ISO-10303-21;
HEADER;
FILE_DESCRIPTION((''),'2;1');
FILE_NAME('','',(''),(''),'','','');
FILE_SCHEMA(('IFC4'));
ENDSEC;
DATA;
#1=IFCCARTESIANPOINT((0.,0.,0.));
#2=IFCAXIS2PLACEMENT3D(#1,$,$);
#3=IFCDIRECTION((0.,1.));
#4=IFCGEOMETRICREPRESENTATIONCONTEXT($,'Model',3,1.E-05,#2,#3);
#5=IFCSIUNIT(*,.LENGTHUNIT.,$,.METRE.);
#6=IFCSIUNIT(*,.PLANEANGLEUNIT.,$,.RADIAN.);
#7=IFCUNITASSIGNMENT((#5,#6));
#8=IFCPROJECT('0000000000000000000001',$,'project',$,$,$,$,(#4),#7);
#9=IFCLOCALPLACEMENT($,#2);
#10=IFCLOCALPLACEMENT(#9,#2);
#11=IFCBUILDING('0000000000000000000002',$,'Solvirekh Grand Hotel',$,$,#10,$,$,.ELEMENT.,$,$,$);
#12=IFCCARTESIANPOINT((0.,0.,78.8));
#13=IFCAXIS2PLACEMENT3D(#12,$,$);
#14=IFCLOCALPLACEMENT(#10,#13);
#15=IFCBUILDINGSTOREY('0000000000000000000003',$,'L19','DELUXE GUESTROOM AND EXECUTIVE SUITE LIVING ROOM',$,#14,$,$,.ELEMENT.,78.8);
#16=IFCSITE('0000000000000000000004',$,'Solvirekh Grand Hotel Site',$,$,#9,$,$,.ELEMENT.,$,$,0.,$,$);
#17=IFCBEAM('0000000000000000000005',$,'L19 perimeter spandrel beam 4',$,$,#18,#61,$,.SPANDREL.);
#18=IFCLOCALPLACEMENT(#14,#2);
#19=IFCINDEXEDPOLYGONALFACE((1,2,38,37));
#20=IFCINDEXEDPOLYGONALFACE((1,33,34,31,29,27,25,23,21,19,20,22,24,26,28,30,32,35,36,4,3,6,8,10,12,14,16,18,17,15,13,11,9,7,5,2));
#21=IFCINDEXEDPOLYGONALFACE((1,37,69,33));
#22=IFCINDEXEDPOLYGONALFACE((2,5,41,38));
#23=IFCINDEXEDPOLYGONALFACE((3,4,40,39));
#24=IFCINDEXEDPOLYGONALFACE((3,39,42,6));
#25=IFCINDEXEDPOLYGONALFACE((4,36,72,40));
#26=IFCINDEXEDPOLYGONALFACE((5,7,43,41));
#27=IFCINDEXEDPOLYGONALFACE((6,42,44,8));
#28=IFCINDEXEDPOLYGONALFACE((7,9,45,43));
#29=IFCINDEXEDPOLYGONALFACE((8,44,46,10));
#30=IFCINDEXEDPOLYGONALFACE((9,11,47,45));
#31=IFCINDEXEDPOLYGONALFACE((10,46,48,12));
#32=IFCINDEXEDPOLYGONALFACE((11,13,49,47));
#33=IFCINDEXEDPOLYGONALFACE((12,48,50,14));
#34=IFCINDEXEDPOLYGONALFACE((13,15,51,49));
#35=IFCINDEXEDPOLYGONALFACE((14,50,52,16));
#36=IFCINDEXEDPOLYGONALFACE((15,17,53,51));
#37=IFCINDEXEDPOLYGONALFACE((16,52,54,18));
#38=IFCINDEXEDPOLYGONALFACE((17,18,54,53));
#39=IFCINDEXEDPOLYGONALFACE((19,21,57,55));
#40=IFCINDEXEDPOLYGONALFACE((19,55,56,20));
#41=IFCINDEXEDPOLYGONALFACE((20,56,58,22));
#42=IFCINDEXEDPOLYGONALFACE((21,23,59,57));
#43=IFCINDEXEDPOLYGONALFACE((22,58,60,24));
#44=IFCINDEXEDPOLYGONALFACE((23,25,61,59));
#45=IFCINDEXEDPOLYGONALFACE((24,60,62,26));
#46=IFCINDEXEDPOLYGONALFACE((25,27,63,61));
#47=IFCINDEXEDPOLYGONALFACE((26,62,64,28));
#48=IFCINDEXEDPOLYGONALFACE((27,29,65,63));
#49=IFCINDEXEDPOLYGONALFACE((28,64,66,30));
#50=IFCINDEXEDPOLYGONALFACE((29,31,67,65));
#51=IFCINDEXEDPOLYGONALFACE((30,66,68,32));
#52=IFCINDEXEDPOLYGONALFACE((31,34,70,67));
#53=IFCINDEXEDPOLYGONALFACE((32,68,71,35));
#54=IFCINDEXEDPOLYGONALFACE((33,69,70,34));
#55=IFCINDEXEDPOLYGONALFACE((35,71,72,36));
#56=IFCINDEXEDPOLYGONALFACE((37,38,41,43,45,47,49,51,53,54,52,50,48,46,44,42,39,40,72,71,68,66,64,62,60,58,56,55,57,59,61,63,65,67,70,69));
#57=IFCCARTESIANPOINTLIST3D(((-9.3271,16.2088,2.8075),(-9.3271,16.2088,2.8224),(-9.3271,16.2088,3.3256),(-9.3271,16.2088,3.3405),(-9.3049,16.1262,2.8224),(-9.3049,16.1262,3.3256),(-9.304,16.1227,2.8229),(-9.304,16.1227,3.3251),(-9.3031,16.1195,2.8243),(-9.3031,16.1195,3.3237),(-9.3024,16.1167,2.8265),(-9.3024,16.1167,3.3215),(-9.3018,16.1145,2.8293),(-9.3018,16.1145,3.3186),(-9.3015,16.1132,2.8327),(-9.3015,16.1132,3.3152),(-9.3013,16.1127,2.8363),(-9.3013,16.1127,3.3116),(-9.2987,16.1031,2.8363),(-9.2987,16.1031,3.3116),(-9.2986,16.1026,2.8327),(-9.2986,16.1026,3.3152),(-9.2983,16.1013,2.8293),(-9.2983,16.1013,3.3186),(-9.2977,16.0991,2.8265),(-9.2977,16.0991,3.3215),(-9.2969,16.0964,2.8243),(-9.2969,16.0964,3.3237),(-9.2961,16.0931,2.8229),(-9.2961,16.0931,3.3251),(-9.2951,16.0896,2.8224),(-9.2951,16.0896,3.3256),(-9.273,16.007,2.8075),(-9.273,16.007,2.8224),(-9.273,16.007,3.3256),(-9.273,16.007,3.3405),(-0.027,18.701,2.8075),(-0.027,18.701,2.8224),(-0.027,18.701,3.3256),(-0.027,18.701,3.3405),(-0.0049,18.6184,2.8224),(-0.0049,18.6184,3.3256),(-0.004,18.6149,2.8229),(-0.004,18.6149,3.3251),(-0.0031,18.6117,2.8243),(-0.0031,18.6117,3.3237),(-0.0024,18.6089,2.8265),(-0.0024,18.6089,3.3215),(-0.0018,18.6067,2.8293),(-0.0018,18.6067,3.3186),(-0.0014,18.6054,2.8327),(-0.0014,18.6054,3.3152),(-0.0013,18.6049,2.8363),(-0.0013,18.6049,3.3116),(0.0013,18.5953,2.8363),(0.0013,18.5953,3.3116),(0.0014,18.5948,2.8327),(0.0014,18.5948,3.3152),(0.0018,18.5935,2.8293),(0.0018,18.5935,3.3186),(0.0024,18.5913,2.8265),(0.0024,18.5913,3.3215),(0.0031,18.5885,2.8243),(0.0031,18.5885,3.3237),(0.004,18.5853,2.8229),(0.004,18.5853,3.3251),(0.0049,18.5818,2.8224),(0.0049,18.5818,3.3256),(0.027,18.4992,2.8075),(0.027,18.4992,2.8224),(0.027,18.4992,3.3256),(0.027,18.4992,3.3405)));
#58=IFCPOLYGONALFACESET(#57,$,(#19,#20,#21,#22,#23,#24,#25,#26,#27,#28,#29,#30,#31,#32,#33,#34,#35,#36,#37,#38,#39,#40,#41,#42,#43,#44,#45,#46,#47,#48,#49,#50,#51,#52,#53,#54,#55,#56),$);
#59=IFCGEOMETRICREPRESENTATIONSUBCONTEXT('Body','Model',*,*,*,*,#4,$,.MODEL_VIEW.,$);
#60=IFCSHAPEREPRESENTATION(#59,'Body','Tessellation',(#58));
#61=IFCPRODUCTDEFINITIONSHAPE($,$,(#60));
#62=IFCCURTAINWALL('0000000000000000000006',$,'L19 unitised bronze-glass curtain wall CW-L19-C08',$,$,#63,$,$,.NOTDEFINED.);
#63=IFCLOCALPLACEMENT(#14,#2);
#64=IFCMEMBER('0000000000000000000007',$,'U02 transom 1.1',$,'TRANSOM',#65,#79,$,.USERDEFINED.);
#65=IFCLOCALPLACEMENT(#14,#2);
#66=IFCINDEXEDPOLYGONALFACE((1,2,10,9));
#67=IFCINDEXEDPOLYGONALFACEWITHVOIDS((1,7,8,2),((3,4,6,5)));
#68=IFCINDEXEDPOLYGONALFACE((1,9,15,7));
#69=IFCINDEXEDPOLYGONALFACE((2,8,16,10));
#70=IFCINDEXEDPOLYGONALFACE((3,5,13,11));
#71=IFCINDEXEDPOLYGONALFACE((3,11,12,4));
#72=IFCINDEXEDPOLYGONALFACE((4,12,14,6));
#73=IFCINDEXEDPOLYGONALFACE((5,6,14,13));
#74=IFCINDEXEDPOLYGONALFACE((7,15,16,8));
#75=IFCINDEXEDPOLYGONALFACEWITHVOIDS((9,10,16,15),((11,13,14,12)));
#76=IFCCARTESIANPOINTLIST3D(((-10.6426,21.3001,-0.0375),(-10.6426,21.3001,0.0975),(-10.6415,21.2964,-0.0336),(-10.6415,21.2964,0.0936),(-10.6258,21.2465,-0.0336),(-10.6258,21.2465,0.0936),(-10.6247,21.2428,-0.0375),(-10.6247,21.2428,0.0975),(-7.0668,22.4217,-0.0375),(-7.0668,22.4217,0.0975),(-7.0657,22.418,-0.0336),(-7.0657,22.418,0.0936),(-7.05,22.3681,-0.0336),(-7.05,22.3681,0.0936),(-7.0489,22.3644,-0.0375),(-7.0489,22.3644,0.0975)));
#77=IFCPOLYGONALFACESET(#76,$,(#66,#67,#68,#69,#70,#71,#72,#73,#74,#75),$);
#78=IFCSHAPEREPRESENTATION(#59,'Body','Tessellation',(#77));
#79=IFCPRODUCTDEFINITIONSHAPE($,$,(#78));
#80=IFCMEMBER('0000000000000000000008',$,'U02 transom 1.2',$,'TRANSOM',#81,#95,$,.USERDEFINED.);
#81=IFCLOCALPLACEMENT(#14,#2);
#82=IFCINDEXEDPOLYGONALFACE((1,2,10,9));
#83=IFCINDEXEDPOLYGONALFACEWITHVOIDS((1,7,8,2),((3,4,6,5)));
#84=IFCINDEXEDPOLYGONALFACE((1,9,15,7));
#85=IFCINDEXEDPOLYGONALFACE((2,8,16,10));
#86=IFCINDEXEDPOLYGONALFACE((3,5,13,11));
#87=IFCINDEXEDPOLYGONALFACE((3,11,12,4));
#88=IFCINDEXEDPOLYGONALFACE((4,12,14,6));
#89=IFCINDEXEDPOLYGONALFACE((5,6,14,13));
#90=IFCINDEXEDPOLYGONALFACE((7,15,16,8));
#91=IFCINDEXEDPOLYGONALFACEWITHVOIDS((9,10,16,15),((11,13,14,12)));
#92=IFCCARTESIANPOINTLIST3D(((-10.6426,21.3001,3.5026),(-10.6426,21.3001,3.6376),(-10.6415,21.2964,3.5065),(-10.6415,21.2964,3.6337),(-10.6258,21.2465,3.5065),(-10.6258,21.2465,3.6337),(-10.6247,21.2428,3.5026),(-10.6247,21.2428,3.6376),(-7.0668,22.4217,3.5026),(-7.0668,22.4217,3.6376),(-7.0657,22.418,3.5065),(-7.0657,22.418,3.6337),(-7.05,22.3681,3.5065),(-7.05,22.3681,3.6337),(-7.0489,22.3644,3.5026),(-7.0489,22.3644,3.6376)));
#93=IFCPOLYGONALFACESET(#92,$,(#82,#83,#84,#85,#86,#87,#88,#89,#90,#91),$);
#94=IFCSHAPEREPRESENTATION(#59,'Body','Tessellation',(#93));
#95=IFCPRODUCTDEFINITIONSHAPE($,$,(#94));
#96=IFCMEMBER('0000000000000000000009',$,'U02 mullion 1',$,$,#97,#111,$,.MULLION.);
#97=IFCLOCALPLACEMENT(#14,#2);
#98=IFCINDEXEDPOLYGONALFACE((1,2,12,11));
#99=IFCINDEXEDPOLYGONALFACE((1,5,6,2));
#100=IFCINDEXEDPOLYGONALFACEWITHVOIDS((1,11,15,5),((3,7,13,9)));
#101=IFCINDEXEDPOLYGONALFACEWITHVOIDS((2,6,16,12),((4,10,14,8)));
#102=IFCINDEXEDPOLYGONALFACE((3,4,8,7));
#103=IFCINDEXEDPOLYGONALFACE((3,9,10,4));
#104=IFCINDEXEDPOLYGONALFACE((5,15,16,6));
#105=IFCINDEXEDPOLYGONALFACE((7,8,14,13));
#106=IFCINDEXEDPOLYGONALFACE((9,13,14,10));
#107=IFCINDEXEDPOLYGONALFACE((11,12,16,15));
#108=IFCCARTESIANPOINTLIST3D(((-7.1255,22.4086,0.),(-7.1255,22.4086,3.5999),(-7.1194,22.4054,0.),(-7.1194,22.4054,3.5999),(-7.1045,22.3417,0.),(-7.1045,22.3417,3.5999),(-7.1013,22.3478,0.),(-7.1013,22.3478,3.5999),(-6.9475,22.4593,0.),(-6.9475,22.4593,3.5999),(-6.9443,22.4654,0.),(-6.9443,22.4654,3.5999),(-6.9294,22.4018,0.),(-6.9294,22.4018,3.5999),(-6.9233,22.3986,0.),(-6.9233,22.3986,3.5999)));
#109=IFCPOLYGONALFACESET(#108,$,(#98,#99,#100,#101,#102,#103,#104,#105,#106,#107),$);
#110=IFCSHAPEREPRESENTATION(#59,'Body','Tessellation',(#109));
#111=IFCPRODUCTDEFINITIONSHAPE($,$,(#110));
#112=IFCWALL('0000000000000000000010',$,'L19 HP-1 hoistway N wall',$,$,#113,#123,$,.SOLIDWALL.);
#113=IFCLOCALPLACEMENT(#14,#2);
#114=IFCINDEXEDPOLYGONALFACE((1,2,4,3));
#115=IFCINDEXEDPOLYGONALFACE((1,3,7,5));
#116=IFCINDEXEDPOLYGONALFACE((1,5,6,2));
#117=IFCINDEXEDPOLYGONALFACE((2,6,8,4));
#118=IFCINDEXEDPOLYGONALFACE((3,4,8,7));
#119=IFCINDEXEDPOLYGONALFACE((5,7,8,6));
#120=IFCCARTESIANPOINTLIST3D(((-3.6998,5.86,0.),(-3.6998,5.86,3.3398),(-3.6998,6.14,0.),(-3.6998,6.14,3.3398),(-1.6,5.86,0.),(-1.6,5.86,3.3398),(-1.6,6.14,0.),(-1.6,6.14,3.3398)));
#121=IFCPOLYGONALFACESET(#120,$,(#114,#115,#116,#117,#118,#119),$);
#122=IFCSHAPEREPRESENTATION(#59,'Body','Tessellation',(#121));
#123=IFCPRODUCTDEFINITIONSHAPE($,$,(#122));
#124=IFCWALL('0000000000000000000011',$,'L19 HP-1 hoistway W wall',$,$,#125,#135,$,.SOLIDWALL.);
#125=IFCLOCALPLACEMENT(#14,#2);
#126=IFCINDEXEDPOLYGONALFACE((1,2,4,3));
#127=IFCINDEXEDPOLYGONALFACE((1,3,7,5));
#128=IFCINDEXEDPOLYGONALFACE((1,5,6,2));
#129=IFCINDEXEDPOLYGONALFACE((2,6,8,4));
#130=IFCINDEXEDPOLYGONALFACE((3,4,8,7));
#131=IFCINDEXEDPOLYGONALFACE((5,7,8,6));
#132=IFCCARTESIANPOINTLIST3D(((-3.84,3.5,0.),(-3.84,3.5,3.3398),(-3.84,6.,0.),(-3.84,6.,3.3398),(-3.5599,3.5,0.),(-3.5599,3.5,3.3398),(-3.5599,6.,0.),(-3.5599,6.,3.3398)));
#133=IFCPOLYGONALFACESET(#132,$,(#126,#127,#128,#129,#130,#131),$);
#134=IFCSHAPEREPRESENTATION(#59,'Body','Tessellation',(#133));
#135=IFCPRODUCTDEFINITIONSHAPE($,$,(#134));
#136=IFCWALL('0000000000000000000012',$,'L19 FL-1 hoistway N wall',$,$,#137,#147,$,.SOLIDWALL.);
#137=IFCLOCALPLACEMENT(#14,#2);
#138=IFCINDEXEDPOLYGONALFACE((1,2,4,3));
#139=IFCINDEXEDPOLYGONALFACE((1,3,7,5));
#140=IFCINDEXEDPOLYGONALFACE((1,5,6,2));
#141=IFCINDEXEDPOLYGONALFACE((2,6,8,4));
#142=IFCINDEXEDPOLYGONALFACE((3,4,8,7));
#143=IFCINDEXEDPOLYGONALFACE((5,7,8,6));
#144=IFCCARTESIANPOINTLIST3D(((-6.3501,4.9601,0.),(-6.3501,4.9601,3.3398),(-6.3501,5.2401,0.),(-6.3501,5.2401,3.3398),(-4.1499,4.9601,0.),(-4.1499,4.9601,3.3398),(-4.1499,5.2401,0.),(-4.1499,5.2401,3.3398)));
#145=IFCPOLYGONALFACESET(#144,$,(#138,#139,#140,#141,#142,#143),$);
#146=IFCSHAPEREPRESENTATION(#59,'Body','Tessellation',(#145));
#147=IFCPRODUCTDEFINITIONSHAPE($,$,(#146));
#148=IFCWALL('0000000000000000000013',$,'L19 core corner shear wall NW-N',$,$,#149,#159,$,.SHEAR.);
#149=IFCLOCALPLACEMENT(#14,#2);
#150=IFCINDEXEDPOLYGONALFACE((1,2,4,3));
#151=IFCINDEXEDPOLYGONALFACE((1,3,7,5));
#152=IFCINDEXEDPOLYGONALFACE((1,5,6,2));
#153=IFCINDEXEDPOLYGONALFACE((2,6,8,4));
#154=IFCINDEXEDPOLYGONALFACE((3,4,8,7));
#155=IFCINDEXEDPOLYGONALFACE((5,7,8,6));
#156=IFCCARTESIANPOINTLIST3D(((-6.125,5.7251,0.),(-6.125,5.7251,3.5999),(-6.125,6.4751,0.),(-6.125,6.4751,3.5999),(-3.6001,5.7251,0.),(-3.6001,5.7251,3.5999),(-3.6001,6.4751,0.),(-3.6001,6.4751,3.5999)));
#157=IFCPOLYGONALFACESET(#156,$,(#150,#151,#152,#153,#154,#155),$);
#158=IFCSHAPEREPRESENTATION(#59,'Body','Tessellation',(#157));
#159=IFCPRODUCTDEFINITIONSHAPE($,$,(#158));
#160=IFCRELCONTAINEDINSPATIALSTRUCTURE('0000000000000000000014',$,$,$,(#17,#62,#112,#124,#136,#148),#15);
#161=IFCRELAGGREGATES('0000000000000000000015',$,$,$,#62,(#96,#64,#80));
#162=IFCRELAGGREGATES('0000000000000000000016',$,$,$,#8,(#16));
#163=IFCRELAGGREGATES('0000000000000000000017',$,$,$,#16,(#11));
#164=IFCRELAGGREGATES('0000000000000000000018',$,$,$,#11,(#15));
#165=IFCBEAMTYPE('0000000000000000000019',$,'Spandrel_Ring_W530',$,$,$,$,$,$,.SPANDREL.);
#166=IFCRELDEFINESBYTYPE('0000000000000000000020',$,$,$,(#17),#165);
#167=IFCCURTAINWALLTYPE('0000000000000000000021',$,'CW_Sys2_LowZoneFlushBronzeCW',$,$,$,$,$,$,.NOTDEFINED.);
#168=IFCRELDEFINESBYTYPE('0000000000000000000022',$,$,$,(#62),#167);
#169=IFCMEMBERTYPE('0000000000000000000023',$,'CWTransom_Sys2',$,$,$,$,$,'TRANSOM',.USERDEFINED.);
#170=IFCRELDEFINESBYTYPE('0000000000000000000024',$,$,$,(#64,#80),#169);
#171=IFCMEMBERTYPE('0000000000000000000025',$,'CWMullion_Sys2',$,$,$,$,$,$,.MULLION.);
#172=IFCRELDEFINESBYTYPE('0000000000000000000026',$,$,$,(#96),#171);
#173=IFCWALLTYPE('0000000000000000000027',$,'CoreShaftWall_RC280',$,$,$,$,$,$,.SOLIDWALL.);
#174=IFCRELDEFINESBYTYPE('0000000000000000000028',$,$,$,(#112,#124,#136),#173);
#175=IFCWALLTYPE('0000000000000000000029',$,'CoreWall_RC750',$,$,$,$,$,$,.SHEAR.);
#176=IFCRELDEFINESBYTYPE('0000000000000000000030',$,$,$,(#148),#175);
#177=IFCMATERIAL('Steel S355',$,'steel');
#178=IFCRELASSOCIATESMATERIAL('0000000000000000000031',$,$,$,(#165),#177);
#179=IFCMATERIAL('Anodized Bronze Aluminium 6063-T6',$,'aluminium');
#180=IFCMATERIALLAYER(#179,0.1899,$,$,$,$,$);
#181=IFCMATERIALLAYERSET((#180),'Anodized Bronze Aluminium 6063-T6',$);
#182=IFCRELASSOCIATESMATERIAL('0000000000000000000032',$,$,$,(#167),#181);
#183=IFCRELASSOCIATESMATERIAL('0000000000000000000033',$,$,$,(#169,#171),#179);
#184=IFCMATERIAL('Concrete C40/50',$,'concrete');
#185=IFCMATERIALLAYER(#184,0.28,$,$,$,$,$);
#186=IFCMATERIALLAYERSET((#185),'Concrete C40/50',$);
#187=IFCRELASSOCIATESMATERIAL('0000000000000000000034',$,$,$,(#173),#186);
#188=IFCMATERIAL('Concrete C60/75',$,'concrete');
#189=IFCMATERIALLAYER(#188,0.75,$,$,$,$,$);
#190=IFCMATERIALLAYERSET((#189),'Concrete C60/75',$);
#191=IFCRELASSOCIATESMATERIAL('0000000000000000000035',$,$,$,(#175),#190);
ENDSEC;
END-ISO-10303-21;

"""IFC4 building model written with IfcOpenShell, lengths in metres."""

from ifc_helpers import new_model, si_unit, direction, frame, frame_2d, origin, origin_2d, place, context, subcontext, project, spatial, rectangle, hollow_rectangle, i_section, extrude, source, transform, mapped, material, layer, layer_set, material_profile, profile_set, type_object, element, aggregate, save


model = new_model("IFC4")

# Units and contexts
model_context = context("Model", 3, precision=1e-05, world=origin(), true_north=direction((0.0, 1.0)))
body_context = subcontext(model_context, "Body", "Model", "MODEL_VIEW")
ifc_project = project(units=[si_unit("LENGTHUNIT", "METRE"), si_unit("PLANEANGLEUNIT", "RADIAN")], contexts=[model_context])

# Site, building, storey
site_placement = place(None, origin())
site = spatial("IfcSite", under=ifc_project, at=site_placement, Name="Solvirekh Grand Hotel Site", CompositionType="ELEMENT", RefElevation=0.0)
building_placement = place(site_placement, origin())
building = spatial("IfcBuilding", under=site, at=building_placement, Name="Solvirekh Grand Hotel", CompositionType="ELEMENT")
storey_placement = place(building_placement, frame((0.0, 0.0, 78.8)))
storey = spatial("IfcBuildingStorey", under=building, at=storey_placement, Name="L19", Description="DELUXE GUESTROOM AND EXECUTIVE SUITE LIVING ROOM", CompositionType="ELEMENT", Elevation=78.8)

# Shared definitions
ifc_material_1 = material(Name="Concrete C60/75", Category="concrete")

# Beam
ifc_material_2 = material(Name="Steel S355", Category="steel")
ifc_material_profile_1 = material_profile(ifc_material_2, i_section(OverallWidth=0.209, OverallDepth=0.533, WebThickness=0.01, FlangeThickness=0.0149, FilletRadius=0.0139, at=origin_2d()), Name="W530X92")
ifc_profile_set_1 = profile_set([ifc_material_profile_1], Name="Steel S355")
beam_type_1 = type_object("IfcBeamType", Name="Spandrel_Ring_W530", PredefinedType="SPANDREL", material=ifc_profile_set_1)
beam_1_placement = place(storey_placement, frame((0.0, 18.6001, 3.074), z_axis=(-0.965919, -0.258843, 0.0), x_axis=(0.258843, -0.965919, 0.0)))
element("IfcBeam", 1, at=beam_1_placement, inside=storey, type_object=beam_type_1, Name="L19 perimeter spandrel beam 4", PredefinedType="SPANDREL", context=body_context, shape_type="SweptSolid", body=[
    extrude(i_section(OverallWidth=0.209, OverallDepth=0.533, WebThickness=0.01, FlangeThickness=0.0149, FilletRadius=0.0139, at=origin_2d()), origin(), (0.0, 0.0, 1.0), 9.6282),
])

# Curtain wall, members
ifc_material_3 = material(Name="Anodized Bronze Aluminium 6063-T6", Category="aluminium")
ifc_layer_1 = layer(ifc_material_3, 0.1899)
ifc_layer_set_1 = layer_set([ifc_layer_1], Name="Anodized Bronze Aluminium 6063-T6")
curtain_wall_type = type_object("IfcCurtainWallType", Name="CW_Sys2_LowZoneFlushBronzeCW", PredefinedType="NOTDEFINED", material=ifc_layer_set_1)
curtain_wall_placement = place(storey_placement, origin())
curtain_wall = element("IfcCurtainWall", 2, at=curtain_wall_placement, inside=storey, type_object=curtain_wall_type, Name="L19 unitised bronze-glass curtain wall CW-L19-C08", PredefinedType="NOTDEFINED")
ifc_material_profile_2 = material_profile(ifc_material_3, hollow_rectangle(XDim=0.0601, YDim=0.135, WallThickness=0.0039, at=origin_2d()), Name="ALU RHS 135X60X4")
ifc_profile_set_2 = profile_set([ifc_material_profile_2], Name="Anodized Bronze Aluminium 6063-T6")
member_type_1 = type_object("IfcMemberType", Name="CWTransom_Sys2", ElementType="TRANSOM", PredefinedType="USERDEFINED", material=ifc_profile_set_2)
shared_shape_1 = source(origin(), body_context, "Body", "SweptSolid", [
    extrude(hollow_rectangle(XDim=0.0601, YDim=0.135, WallThickness=0.0039, at=origin_2d()), origin(), (0.0, 0.0, 1.0), 3.7476),
])
member_1_placement = place(storey_placement, frame((-7.0579, 22.3931, 0.03), z_axis=(-0.954162, -0.299291, 0.0), x_axis=(0.299291, -0.954162, 0.0)))
member_1 = element("IfcMember", 3, at=member_1_placement, type_object=member_type_1, Name="U02 transom 1.1", ObjectType="TRANSOM", PredefinedType="USERDEFINED", context=body_context, shape_type="MappedRepresentation", body=[
    mapped(shared_shape_1, transform((0.0, 0.0, 0.0), x_axis=(1.0, 0.0, 0.0), y_axis=(0.0, 1.0, 0.0), z_axis=(0.0, 0.0, 1.0), scale=1.0)),
])
member_2_placement = place(storey_placement, frame((-7.0579, 22.3931, 3.5701), z_axis=(-0.954162, -0.299291, 0.0), x_axis=(0.299291, -0.954162, 0.0)))
member_2 = element("IfcMember", 4, at=member_2_placement, type_object=member_type_1, Name="U02 transom 1.2", ObjectType="TRANSOM", PredefinedType="USERDEFINED", context=body_context, shape_type="MappedRepresentation", body=[
    mapped(shared_shape_1, transform((0.0, 0.0, 0.0), x_axis=(1.0, 0.0, 0.0), y_axis=(0.0, 1.0, 0.0), z_axis=(0.0, 0.0, 1.0), scale=1.0)),
])
ifc_material_profile_3 = material_profile(ifc_material_3, hollow_rectangle(XDim=0.0701, YDim=0.1899, WallThickness=0.0049, at=origin_2d()), Name="ALU RHS 190X70X5")
ifc_profile_set_3 = profile_set([ifc_material_profile_3], Name="Anodized Bronze Aluminium 6063-T6")
member_type_2 = type_object("IfcMemberType", Name="CWMullion_Sys2", PredefinedType="MULLION", material=ifc_profile_set_3)
shared_shape_2 = source(origin(), body_context, "Body", "SweptSolid", [
    extrude(hollow_rectangle(XDim=0.0701, YDim=0.1899, WallThickness=0.0049, at=origin_2d()), origin(), (0.0, 0.0, 1.0), 3.5999),
])
member_3_placement = place(storey_placement, frame((-7.0244, 22.4036, 0.0), z_axis=(0.0, 0.0, 1.0), x_axis=(0.29928, -0.954165, 0.0)))
member_3 = element("IfcMember", 5, at=member_3_placement, type_object=member_type_2, Name="U02 mullion 1", PredefinedType="MULLION", context=body_context, shape_type="MappedRepresentation", body=[
    mapped(shared_shape_2, transform((0.0, 0.0, 0.0), x_axis=(1.0, 0.0, 0.0), y_axis=(0.0, 1.0, 0.0), z_axis=(0.0, 0.0, 1.0), scale=1.0)),
])
aggregate(curtain_wall, [member_3, member_1, member_2])

# Walls
ifc_material_4 = material(Name="Concrete C40/50", Category="concrete")
ifc_layer_2 = layer(ifc_material_4, 0.28)
ifc_layer_set_2 = layer_set([ifc_layer_2], Name="Concrete C40/50")
wall_type_1 = type_object("IfcWallType", Name="CoreShaftWall_RC280", PredefinedType="SOLIDWALL", material=ifc_layer_set_2)
wall_1_placement = place(storey_placement, frame((-1.6001, 6.0, 0.0), z_axis=(0.0, 0.0, 1.0), x_axis=(-1.0, 0.0, 0.0)))
element("IfcWall", 6, at=wall_1_placement, inside=storey, type_object=wall_type_1, Name="L19 HP-1 hoistway N wall", PredefinedType="SOLIDWALL", context=body_context, shape_type="SweptSolid", body=[
    extrude(rectangle(XDim=2.0999, YDim=0.28, at=frame_2d((1.0498, 0.0))), origin(), (0.0, 0.0, 1.0), 3.3398),
])
wall_2_placement = place(storey_placement, frame((-3.7, 6.0, 0.0), z_axis=(0.0, 0.0, 1.0), x_axis=(0.0, -1.0, 0.0)))
element("IfcWall", 7, at=wall_2_placement, inside=storey, type_object=wall_type_1, Name="L19 HP-1 hoistway W wall", PredefinedType="SOLIDWALL", context=body_context, shape_type="SweptSolid", body=[
    extrude(rectangle(XDim=2.5, YDim=0.28, at=frame_2d((1.25, 0.0))), origin(), (0.0, 0.0, 1.0), 3.3398),
])
wall_3_placement = place(storey_placement, frame((-4.1499, 5.1001, 0.0), z_axis=(0.0, 0.0, 1.0), x_axis=(-1.0, 0.0, 0.0)))
element("IfcWall", 8, at=wall_3_placement, inside=storey, type_object=wall_type_1, Name="L19 FL-1 hoistway N wall", PredefinedType="SOLIDWALL", context=body_context, shape_type="SweptSolid", body=[
    extrude(rectangle(XDim=2.2002, YDim=0.28, at=frame_2d((1.1001, 0.0))), origin(), (0.0, 0.0, 1.0), 3.3398),
])
ifc_layer_3 = layer(ifc_material_1, 0.75)
ifc_layer_set_3 = layer_set([ifc_layer_3], Name="Concrete C60/75")
wall_type_2 = type_object("IfcWallType", Name="CoreWall_RC750", PredefinedType="SHEAR", material=ifc_layer_set_3)
wall_4_placement = place(storey_placement, frame((-6.125, 6.1001, 0.0), z_axis=(0.0, 0.0, 1.0), x_axis=(1.0, 0.0, 0.0)))
element("IfcWall", 9, at=wall_4_placement, inside=storey, type_object=wall_type_2, Name="L19 core corner shear wall NW-N", PredefinedType="SHEAR", context=body_context, shape_type="SweptSolid", body=[
    extrude(rectangle(XDim=2.5249, YDim=0.75, at=frame_2d((1.2625, 0.0))), origin(), (0.0, 0.0, 1.0), 3.5999),
])

save(model, "model.ifc")
